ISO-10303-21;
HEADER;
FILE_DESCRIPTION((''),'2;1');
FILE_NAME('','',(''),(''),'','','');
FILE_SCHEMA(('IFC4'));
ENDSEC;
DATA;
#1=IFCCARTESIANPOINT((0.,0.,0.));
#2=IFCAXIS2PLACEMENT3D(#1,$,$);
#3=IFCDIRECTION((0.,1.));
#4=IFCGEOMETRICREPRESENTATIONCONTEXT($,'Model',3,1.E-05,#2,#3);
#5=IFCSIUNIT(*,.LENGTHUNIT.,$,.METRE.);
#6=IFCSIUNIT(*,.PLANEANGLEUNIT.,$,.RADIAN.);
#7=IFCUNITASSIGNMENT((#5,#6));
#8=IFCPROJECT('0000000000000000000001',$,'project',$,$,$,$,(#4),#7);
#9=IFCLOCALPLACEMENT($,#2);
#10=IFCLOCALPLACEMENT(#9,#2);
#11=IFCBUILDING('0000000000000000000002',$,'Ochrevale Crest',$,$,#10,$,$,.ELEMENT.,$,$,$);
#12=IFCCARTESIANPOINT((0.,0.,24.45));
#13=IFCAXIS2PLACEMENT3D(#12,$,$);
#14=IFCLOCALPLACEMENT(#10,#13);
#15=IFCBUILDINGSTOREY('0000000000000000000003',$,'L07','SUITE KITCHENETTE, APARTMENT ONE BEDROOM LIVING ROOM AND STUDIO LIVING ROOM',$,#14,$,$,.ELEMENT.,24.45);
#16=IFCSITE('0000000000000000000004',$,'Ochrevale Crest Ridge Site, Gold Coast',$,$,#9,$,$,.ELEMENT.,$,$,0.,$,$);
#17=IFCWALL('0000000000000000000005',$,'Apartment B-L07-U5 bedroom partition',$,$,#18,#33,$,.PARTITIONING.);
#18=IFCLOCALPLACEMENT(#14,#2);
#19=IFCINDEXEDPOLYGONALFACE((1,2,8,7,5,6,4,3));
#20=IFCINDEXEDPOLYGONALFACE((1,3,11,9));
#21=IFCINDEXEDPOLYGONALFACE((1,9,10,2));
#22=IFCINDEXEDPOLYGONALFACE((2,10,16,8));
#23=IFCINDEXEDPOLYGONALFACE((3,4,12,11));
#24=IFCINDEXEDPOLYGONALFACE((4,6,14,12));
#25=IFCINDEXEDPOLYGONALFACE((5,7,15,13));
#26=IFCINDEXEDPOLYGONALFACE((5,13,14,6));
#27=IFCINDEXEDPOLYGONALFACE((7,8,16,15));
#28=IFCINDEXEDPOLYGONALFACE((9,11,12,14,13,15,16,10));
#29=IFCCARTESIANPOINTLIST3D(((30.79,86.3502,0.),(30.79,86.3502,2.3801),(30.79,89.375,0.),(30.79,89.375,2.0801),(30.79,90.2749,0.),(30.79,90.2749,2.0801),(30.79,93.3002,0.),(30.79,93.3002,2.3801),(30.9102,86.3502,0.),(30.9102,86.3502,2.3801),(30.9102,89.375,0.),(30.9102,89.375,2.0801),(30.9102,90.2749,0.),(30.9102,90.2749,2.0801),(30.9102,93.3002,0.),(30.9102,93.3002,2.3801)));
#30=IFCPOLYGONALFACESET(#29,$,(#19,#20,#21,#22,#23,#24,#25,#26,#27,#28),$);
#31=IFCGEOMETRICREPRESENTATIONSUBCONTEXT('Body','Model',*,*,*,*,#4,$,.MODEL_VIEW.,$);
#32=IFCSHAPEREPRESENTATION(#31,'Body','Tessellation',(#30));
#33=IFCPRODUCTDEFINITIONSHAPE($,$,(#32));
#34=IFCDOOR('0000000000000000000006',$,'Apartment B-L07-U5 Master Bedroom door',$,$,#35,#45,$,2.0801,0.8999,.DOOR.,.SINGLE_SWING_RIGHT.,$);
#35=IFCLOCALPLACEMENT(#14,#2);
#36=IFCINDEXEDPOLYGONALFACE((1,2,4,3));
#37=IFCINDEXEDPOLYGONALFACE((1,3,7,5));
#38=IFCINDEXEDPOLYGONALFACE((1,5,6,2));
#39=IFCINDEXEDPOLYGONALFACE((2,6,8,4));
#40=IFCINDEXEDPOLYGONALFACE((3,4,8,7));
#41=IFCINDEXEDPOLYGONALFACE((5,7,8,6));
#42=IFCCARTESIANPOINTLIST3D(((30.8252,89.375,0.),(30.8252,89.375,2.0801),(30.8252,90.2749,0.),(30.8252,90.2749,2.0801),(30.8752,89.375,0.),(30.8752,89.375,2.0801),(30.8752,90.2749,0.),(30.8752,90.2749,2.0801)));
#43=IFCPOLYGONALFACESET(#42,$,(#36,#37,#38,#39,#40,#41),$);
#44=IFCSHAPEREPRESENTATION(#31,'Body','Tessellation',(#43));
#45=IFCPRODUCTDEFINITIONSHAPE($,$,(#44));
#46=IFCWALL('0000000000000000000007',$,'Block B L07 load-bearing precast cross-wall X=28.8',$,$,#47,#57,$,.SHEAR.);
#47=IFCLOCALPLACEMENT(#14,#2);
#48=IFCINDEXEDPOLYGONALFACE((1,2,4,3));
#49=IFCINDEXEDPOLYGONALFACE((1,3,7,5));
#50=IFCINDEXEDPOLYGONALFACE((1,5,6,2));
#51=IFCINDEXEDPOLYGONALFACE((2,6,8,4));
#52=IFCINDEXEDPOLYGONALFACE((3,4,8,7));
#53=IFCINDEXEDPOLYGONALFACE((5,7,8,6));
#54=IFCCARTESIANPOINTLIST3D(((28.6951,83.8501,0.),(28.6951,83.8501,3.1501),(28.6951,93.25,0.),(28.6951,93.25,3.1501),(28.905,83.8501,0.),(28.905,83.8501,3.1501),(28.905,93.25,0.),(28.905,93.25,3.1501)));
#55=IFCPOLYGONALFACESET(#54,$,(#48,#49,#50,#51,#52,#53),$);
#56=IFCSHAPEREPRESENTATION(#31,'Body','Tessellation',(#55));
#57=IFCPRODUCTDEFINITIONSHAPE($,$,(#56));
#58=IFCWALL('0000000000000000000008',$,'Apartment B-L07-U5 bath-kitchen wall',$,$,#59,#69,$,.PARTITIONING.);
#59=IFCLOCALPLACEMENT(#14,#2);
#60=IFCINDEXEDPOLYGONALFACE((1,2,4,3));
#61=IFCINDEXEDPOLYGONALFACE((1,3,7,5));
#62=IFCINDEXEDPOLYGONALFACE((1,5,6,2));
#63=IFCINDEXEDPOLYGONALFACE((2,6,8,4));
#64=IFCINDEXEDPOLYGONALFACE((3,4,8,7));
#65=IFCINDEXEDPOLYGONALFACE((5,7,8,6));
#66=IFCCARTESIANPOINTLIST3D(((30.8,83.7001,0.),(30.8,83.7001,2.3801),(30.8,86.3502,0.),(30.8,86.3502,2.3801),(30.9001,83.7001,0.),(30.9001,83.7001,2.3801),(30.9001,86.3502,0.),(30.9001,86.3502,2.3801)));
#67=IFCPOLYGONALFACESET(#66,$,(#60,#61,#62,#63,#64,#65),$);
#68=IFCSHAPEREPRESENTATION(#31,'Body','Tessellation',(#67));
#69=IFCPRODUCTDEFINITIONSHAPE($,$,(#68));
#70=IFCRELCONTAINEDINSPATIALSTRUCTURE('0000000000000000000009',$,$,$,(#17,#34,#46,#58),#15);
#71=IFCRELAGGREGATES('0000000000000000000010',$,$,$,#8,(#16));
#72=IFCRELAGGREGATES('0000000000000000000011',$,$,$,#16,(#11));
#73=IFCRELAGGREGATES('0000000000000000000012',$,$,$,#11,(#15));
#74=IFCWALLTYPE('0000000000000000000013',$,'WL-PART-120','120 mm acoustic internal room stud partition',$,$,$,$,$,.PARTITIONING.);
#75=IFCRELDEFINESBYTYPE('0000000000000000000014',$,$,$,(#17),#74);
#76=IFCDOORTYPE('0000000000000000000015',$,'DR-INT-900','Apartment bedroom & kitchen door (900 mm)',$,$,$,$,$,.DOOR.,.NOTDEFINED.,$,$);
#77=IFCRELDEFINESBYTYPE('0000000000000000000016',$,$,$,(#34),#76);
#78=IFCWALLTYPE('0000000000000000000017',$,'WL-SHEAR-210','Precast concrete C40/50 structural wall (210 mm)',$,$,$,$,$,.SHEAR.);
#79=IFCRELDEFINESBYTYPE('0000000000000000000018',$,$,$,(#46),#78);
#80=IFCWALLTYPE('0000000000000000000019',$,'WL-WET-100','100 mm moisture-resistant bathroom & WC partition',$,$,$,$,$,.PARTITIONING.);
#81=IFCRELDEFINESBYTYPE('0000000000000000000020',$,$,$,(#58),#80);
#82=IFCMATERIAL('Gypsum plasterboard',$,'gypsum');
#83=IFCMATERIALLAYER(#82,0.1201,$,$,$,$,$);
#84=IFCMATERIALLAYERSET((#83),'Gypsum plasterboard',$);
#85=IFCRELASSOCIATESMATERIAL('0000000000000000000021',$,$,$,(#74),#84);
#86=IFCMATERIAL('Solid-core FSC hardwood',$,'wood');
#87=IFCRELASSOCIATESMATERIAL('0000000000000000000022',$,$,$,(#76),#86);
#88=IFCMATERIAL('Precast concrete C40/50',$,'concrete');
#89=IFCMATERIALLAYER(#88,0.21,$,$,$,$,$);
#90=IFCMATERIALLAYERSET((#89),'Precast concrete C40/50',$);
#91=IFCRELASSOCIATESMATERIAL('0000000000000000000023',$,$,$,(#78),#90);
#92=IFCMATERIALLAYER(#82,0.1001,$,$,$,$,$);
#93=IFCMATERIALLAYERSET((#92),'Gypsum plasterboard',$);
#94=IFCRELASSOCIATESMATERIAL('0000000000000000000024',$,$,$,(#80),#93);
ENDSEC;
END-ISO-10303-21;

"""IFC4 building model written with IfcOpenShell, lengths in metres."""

from ifc_helpers import new_model, si_unit, direction, frame, frame_2d, origin, place, context, subcontext, project, spatial, rectangle, extrude, material, layer, layer_set, type_object, element, fill, save


model = new_model("IFC4")

# Units and contexts
model_context = context("Model", 3, precision=1e-05, world=origin(), true_north=direction((0.0, 1.0)))
body_context = subcontext(model_context, "Body", "Model", "MODEL_VIEW")
ifc_project = project(units=[si_unit("LENGTHUNIT", "METRE"), si_unit("PLANEANGLEUNIT", "RADIAN")], contexts=[model_context])

# Site, building, storey
site_placement = place(None, origin())
site = spatial("IfcSite", under=ifc_project, at=site_placement, Name="Ochrevale Crest Ridge Site, Gold Coast", CompositionType="ELEMENT", RefElevation=0.0)
building_placement = place(site_placement, origin())
building = spatial("IfcBuilding", under=site, at=building_placement, Name="Ochrevale Crest", CompositionType="ELEMENT")
storey_placement = place(building_placement, frame((0.0, 0.0, 24.45)))
storey = spatial("IfcBuildingStorey", under=building, at=storey_placement, Name="L07", Description="SUITE KITCHENETTE, APARTMENT ONE BEDROOM LIVING ROOM AND STUDIO LIVING ROOM", CompositionType="ELEMENT", Elevation=24.45)

# Shared definitions
ifc_material_1 = material(Name="Gypsum plasterboard", Category="gypsum")
ifc_material_2 = material(Name="Solid-core FSC hardwood", Category="wood")

# Shared definitions
ifc_layer_1 = layer(ifc_material_1, 0.1201)
ifc_layer_set_1 = layer_set([ifc_layer_1], Name="Gypsum plasterboard")
wall_type_1 = type_object("IfcWallType", Name="WL-PART-120", Description="120 mm acoustic internal room stud partition", PredefinedType="PARTITIONING", material=ifc_layer_set_1)

# Shared definitions
door_type_1 = type_object("IfcDoorType", Name="DR-INT-900", Description="Apartment bedroom & kitchen door (900 mm)", OperationType="NOTDEFINED", PredefinedType="DOOR", material=ifc_material_2)

# Wall, opening, door
wall_1_placement = place(storey_placement, frame((30.8501, 86.3501, 0.0), z_axis=(0.0, 0.0, 1.0), x_axis=(0.0, 1.0, 0.0)))
wall_1 = element("IfcWall", 1, at=wall_1_placement, inside=storey, type_object=wall_type_1, Name="Apartment B-L07-U5 bedroom partition", PredefinedType="PARTITIONING", context=body_context, shape_type="SweptSolid", body=[
    extrude(rectangle(XDim=6.95, YDim=0.1201, at=frame_2d((3.4751, 0.0))), origin(), (0.0, 0.0, 1.0), 2.3801),
])
opening_1_placement = place(wall_1_placement, frame((3.0249, 0.0, 0.0)))
opening_1 = element("IfcOpeningElement", 2, at=opening_1_placement, cuts=wall_1, PredefinedType="OPENING", context=body_context, shape_type="SweptSolid", body=[
    extrude(rectangle(XDim=0.8999, YDim=2.0801, at=frame_2d((0.45, 1.04))), frame((0.0, 0.0701, 0.0), z_axis=(0.0, -1.0, 0.0), x_axis=(1.0, 0.0, 0.0)), (0.0, 0.0, 1.0), 0.1401),
])
door_1_placement = place(opening_1_placement, origin())
door_1 = element("IfcDoor", 3, at=door_1_placement, inside=storey, type_object=door_type_1, Name="Apartment B-L07-U5 Master Bedroom door", OperationType="SINGLE_SWING_RIGHT", OverallHeight=2.0801, OverallWidth=0.8999, PredefinedType="DOOR", context=body_context, shape_type="SweptSolid", body=[
    extrude(rectangle(XDim=0.8999, YDim=2.0801, at=frame_2d((0.45, 1.04))), frame((0.0, 0.0249, 0.0), z_axis=(0.0, -1.0, 0.0), x_axis=(1.0, 0.0, 0.0)), (0.0, 0.0, 1.0), 0.05),
])
fill(opening_1, door_1)

# Walls
ifc_material_3 = material(Name="Precast concrete C40/50", Category="concrete")
ifc_layer_2 = layer(ifc_material_3, 0.21)
ifc_layer_set_2 = layer_set([ifc_layer_2], Name="Precast concrete C40/50")
wall_type_2 = type_object("IfcWallType", Name="WL-SHEAR-210", Description="Precast concrete C40/50 structural wall (210 mm)", PredefinedType="SHEAR", material=ifc_layer_set_2)
wall_2_placement = place(storey_placement, frame((28.8, 83.8501, 0.0), z_axis=(0.0, 0.0, 1.0), x_axis=(0.0, 1.0, 0.0)))
element("IfcWall", 4, at=wall_2_placement, inside=storey, type_object=wall_type_2, Name="Block B L07 load-bearing precast cross-wall X=28.8", PredefinedType="SHEAR", context=body_context, shape_type="SweptSolid", body=[
    extrude(rectangle(XDim=9.3999, YDim=0.21, at=frame_2d((4.7, 0.0))), origin(), (0.0, 0.0, 1.0), 3.1501),
])
ifc_layer_3 = layer(ifc_material_1, 0.1001)
ifc_layer_set_3 = layer_set([ifc_layer_3], Name="Gypsum plasterboard")
wall_type_3 = type_object("IfcWallType", Name="WL-WET-100", Description="100 mm moisture-resistant bathroom & WC partition", PredefinedType="PARTITIONING", material=ifc_layer_set_3)
wall_3_placement = place(storey_placement, frame((30.8501, 83.7, 0.0), z_axis=(0.0, 0.0, 1.0), x_axis=(0.0, 1.0, 0.0)))
element("IfcWall", 5, at=wall_3_placement, inside=storey, type_object=wall_type_3, Name="Apartment B-L07-U5 bath-kitchen wall", PredefinedType="PARTITIONING", context=body_context, shape_type="SweptSolid", body=[
    extrude(rectangle(XDim=2.6501, YDim=0.1001, at=frame_2d((1.3252, 0.0))), origin(), (0.0, 0.0, 1.0), 2.3801),
])

save(model, "model.ifc")
